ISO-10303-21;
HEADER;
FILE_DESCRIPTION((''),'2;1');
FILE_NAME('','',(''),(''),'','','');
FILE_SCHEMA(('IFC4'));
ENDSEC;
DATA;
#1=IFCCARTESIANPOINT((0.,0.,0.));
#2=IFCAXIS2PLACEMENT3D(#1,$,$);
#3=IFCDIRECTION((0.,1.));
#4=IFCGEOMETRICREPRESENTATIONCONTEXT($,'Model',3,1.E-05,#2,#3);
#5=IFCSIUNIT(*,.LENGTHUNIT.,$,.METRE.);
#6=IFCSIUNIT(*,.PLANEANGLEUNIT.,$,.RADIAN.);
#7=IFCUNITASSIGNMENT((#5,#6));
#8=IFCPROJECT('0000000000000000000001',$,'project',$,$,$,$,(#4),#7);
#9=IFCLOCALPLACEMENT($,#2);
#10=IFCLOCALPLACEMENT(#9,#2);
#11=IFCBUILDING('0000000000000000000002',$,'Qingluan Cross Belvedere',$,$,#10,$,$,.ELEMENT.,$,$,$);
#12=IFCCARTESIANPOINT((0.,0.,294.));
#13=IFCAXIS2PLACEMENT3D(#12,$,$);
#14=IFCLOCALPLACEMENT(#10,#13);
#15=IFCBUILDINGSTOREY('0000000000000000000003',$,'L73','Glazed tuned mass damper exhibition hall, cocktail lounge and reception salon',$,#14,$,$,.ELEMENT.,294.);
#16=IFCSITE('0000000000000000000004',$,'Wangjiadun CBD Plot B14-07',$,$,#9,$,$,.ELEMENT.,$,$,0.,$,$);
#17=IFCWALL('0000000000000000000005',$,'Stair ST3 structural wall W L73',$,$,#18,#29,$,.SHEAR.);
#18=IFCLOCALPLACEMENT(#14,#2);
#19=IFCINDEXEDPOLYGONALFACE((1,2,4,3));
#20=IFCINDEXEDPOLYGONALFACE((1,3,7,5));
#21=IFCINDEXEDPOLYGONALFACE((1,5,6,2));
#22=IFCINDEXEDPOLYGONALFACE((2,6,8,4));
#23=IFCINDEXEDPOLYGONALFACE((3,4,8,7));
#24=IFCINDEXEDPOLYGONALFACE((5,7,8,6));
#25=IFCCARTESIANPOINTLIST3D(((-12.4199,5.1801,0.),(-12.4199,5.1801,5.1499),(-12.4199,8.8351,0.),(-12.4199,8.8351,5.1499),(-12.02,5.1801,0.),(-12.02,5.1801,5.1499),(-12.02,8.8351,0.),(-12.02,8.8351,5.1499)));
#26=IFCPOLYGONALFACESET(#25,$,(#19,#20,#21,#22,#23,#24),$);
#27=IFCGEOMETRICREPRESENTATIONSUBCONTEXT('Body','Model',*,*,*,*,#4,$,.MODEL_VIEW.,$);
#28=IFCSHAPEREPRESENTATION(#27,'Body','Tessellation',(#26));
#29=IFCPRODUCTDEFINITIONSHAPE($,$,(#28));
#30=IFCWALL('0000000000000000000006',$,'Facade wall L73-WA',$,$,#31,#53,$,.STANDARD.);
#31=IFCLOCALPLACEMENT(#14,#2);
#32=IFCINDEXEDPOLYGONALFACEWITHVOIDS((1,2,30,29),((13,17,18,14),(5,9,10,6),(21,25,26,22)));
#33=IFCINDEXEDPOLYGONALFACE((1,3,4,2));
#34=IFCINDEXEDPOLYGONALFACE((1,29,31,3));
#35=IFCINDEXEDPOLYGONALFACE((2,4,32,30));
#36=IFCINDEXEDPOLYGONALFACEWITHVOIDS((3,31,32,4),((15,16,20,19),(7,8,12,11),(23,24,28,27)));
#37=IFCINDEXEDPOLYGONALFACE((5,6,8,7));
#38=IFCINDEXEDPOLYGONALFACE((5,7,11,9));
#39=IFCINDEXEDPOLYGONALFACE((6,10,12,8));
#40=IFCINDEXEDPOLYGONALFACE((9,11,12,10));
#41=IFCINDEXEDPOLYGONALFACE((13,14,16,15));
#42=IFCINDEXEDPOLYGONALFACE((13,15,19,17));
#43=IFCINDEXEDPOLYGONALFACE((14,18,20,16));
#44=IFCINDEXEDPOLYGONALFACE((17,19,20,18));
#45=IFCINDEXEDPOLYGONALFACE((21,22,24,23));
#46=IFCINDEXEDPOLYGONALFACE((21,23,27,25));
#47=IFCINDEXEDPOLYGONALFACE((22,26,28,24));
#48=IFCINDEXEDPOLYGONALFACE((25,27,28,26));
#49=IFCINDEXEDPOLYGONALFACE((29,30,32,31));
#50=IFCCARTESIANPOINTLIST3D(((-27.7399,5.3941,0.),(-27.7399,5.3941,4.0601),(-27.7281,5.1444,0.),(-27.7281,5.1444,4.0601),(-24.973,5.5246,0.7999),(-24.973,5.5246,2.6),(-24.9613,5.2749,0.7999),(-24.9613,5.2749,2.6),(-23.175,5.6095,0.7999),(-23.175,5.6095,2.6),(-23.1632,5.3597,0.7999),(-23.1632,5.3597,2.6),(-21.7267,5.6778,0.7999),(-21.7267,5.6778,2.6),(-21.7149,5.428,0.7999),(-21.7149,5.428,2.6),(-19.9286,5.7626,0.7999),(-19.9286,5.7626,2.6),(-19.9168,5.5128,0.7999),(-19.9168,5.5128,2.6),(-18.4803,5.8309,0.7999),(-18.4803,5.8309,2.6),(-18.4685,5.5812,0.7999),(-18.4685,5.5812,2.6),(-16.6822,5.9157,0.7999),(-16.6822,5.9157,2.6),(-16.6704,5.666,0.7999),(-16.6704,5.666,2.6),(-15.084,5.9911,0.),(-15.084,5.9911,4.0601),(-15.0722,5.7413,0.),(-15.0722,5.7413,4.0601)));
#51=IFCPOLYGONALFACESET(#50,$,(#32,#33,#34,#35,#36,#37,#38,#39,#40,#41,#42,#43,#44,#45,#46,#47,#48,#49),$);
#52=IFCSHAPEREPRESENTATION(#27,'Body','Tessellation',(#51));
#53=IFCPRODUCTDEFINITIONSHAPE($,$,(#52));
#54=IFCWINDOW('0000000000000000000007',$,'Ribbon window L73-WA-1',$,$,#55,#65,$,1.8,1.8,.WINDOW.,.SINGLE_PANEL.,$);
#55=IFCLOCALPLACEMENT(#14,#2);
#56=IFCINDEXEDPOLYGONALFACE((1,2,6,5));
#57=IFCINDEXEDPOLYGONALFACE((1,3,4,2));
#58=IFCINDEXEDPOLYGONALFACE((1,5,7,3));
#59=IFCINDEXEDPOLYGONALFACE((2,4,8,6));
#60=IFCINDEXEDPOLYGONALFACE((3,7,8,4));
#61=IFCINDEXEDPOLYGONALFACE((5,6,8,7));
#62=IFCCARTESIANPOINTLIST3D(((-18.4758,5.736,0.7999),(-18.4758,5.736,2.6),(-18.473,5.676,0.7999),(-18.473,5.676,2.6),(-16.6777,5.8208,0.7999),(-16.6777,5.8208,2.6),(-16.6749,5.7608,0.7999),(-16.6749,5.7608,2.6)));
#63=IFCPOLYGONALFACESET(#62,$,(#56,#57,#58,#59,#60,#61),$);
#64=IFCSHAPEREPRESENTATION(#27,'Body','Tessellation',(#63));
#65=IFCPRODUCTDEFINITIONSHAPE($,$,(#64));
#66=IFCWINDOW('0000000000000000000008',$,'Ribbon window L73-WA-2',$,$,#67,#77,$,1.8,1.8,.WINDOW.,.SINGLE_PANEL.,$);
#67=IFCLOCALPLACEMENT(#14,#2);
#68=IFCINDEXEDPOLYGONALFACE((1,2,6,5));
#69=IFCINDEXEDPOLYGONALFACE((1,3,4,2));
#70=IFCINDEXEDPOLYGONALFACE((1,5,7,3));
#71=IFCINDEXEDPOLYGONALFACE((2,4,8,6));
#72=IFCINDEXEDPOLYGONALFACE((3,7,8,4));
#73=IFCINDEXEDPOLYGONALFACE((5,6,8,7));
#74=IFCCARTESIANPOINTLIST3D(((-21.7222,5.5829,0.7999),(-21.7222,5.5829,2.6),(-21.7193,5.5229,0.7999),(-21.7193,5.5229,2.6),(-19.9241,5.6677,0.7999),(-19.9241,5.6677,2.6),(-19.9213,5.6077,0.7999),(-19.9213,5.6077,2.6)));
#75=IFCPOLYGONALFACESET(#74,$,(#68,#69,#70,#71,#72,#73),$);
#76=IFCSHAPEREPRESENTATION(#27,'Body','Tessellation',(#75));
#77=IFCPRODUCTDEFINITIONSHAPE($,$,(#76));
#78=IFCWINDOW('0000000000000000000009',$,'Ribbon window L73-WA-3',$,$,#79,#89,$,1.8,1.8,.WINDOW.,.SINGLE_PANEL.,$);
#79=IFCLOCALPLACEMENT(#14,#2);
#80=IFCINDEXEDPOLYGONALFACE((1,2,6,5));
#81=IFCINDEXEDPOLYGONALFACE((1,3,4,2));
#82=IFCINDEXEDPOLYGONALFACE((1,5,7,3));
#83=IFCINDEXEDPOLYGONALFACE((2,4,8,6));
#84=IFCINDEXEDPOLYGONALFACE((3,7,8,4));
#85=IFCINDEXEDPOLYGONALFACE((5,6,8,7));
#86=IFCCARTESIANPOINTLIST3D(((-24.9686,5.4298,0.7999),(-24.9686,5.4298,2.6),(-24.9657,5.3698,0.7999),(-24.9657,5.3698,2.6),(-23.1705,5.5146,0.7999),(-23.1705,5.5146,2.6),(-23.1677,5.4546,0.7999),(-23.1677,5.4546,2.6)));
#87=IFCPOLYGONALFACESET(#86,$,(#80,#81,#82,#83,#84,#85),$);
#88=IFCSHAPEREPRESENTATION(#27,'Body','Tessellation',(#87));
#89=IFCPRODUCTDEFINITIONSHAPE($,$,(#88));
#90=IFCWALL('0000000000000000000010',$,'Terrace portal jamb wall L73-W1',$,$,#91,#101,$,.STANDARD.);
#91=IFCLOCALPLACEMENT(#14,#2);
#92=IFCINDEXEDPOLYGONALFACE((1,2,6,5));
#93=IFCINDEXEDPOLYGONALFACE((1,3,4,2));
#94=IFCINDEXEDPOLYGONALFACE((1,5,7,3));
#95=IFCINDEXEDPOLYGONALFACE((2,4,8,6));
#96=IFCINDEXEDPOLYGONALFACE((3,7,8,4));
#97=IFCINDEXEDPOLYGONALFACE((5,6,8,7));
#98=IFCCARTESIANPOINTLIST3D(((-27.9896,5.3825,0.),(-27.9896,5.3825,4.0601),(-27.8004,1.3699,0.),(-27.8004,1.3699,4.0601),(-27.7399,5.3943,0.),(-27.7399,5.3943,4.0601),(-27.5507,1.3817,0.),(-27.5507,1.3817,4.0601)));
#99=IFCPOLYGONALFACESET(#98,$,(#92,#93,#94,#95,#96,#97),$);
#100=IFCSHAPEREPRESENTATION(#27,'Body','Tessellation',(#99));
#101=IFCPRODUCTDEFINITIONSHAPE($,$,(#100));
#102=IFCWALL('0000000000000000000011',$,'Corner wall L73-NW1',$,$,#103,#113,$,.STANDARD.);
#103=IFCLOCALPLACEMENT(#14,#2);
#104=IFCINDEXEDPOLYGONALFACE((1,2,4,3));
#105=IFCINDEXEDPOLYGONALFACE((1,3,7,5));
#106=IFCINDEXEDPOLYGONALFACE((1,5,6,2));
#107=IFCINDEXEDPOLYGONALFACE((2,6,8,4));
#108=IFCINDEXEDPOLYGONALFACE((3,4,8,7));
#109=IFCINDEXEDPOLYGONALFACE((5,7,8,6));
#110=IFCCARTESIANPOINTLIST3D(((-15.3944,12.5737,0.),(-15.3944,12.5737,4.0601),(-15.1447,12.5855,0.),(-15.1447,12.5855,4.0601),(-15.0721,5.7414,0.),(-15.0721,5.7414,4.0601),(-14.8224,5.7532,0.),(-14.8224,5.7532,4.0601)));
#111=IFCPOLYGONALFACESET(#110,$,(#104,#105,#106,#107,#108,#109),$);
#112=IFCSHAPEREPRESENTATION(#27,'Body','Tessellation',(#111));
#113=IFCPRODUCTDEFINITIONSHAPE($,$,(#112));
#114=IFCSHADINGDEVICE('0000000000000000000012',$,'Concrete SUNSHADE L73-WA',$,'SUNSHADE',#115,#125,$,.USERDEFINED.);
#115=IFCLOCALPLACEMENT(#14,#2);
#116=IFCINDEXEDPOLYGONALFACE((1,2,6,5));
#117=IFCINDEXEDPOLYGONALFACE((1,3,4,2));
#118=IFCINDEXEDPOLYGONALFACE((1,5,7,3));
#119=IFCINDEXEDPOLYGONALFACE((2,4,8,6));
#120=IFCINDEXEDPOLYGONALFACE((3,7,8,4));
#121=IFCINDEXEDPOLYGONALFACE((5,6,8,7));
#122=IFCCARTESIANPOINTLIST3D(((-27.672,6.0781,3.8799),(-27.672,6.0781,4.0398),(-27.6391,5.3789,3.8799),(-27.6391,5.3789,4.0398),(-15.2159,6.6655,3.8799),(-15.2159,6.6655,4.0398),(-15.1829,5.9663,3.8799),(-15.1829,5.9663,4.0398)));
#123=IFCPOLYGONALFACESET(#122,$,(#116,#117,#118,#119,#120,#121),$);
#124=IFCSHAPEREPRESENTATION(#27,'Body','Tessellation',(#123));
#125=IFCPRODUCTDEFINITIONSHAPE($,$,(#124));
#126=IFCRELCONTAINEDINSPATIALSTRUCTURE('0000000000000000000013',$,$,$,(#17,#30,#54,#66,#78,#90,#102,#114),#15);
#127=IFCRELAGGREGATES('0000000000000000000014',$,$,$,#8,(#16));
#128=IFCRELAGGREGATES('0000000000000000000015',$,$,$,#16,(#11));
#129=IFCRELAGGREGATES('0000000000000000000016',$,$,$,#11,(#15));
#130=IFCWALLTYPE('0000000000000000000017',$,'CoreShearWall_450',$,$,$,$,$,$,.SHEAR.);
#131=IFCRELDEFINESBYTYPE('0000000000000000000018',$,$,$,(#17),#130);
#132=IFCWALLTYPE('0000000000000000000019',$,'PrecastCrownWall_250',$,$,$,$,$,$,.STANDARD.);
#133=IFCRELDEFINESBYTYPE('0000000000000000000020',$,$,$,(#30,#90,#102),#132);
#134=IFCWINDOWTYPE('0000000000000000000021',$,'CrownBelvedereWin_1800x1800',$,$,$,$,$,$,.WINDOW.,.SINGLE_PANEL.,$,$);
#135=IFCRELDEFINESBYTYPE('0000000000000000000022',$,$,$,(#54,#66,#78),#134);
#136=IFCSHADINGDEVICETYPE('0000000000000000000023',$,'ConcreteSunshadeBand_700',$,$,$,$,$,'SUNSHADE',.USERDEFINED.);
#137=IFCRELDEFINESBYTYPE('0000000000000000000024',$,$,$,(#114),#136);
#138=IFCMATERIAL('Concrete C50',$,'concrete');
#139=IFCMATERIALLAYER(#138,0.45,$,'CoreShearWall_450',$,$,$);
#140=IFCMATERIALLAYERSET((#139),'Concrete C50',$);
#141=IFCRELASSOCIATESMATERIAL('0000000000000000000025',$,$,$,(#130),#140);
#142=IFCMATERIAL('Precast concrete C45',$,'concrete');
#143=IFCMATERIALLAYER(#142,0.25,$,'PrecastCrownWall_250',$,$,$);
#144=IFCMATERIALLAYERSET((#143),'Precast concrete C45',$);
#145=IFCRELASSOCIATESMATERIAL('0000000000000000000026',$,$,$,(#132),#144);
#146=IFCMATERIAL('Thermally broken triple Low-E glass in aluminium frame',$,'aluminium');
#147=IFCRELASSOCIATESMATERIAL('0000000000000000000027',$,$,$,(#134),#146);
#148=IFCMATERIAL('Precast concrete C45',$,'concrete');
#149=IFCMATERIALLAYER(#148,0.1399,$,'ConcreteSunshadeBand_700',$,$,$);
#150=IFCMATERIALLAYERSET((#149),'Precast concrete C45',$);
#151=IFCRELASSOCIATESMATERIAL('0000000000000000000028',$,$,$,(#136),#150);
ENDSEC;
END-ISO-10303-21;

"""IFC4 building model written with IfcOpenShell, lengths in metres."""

from ifc_helpers import new_model, si_unit, direction, frame, frame_2d, origin, origin_2d, place, context, subcontext, project, spatial, rectangle, extrude, material, layer, layer_set, type_object, element, fill, save


model = new_model("IFC4")

# Units and contexts
model_context = context("Model", 3, precision=1e-05, world=origin(), true_north=direction((0.0, 1.0)))
body_context = subcontext(model_context, "Body", "Model", "MODEL_VIEW")
ifc_project = project(units=[si_unit("LENGTHUNIT", "METRE"), si_unit("PLANEANGLEUNIT", "RADIAN")], contexts=[model_context])

# Site, building, storey
site_placement = place(None, origin())
site = spatial("IfcSite", under=ifc_project, at=site_placement, Name="Wangjiadun CBD Plot B14-07", CompositionType="ELEMENT", RefElevation=0.0)
building_placement = place(site_placement, origin())
building = spatial("IfcBuilding", under=site, at=building_placement, Name="Qingluan Cross Belvedere", CompositionType="ELEMENT")
storey_placement = place(building_placement, frame((0.0, 0.0, 294.0)))
storey = spatial("IfcBuildingStorey", under=building, at=storey_placement, Name="L73", Description="Glazed tuned mass damper exhibition hall, cocktail lounge and reception salon", CompositionType="ELEMENT", Elevation=294.0)

# Wall
ifc_material_1 = material(Name="Concrete C50", Category="concrete")
ifc_layer_1 = layer(ifc_material_1, 0.45, Name="CoreShearWall_450")
ifc_layer_set_1 = layer_set([ifc_layer_1], Name="Concrete C50")
wall_type_1 = type_object("IfcWallType", Name="CoreShearWall_450", PredefinedType="SHEAR", material=ifc_layer_set_1)
wall_1_placement = place(storey_placement, frame((-12.22, 5.1799, 0.0), z_axis=(0.0, 0.0, 1.0), x_axis=(0.0, 1.0, 0.0)))
element("IfcWall", 1, at=wall_1_placement, inside=storey, type_object=wall_type_1, Name="Stair ST3 structural wall W L73", PredefinedType="SHEAR", context=body_context, shape_type="SweptSolid", body=[
    extrude(rectangle(XDim=3.655, YDim=0.3999, at=frame_2d((1.8276, 0.0))), origin(), (0.0, 0.0, 1.0), 5.1499),
])

# Wall, openings, windows
ifc_material_2 = material(Name="Precast concrete C45", Category="concrete")
ifc_layer_2 = layer(ifc_material_2, 0.25, Name="PrecastCrownWall_250")
ifc_layer_set_2 = layer_set([ifc_layer_2], Name="Precast concrete C45")
wall_type_2 = type_object("IfcWallType", Name="PrecastCrownWall_250", PredefinedType="STANDARD", material=ifc_layer_set_2)
wall_2_placement = place(storey_placement, frame((-15.0781, 5.8662, 0.0), z_axis=(0.0, 0.0, 1.0), x_axis=(-0.99889, -0.047114, 0.0)))
wall_2 = element("IfcWall", 2, at=wall_2_placement, inside=storey, type_object=wall_type_2, Name="Facade wall L73-WA", PredefinedType="STANDARD", context=body_context, shape_type="SweptSolid", body=[
    extrude(rectangle(XDim=12.6699, YDim=0.25, at=frame_2d((6.335, 0.0))), origin(), (0.0, 0.0, 1.0), 4.0601),
])
opening_1_placement = place(wall_2_placement, frame((1.6001, 0.0, 0.8)))
opening_1 = element("IfcOpeningElement", 3, at=opening_1_placement, cuts=wall_2, PredefinedType="OPENING", context=body_context, shape_type="SweptSolid", body=[
    extrude(rectangle(XDim=1.8, YDim=1.8, at=frame_2d((0.8999, 0.8999))), frame((0.0, 0.135, 0.0), z_axis=(0.0, -1.0, 0.0), x_axis=(1.0, 0.0, 0.0)), (0.0, 0.0, 1.0), 0.27),
])
opening_2_placement = place(wall_2_placement, frame((4.8501, 0.0, 0.8)))
opening_2 = element("IfcOpeningElement", 4, at=opening_2_placement, cuts=wall_2, PredefinedType="OPENING", context=body_context, shape_type="SweptSolid", body=[
    extrude(rectangle(XDim=1.8, YDim=1.8, at=frame_2d((0.8999, 0.8999))), frame((0.0, 0.135, 0.0), z_axis=(0.0, -1.0, 0.0), x_axis=(1.0, 0.0, 0.0)), (0.0, 0.0, 1.0), 0.27),
])
opening_3_placement = place(wall_2_placement, frame((8.1001, 0.0, 0.8)))
opening_3 = element("IfcOpeningElement", 5, at=opening_3_placement, cuts=wall_2, PredefinedType="OPENING", context=body_context, shape_type="SweptSolid", body=[
    extrude(rectangle(XDim=1.8, YDim=1.8, at=frame_2d((0.8999, 0.8999))), frame((0.0, 0.135, 0.0), z_axis=(0.0, -1.0, 0.0), x_axis=(1.0, 0.0, 0.0)), (0.0, 0.0, 1.0), 0.27),
])
ifc_material_3 = material(Name="Thermally broken triple Low-E glass in aluminium frame", Category="aluminium")
window_type = type_object("IfcWindowType", Name="CrownBelvedereWin_1800x1800", PartitioningType="SINGLE_PANEL", PredefinedType="WINDOW", material=ifc_material_3)
window_1_placement = place(opening_1_placement, origin())
window_1 = element("IfcWindow", 6, at=window_1_placement, inside=storey, type_object=window_type, Name="Ribbon window L73-WA-1", OverallHeight=1.8, OverallWidth=1.8, PartitioningType="SINGLE_PANEL", PredefinedType="WINDOW", context=body_context, shape_type="SweptSolid", body=[
    extrude(rectangle(XDim=1.8, YDim=1.8, at=frame_2d((0.8999, 0.8999))), frame((0.0, 0.03, 0.0), z_axis=(0.0, -1.0, 0.0), x_axis=(1.0, 0.0, 0.0)), (0.0, 0.0, 1.0), 0.0601),
])
fill(opening_1, window_1)
window_2_placement = place(opening_2_placement, origin())
window_2 = element("IfcWindow", 7, at=window_2_placement, inside=storey, type_object=window_type, Name="Ribbon window L73-WA-2", OverallHeight=1.8, OverallWidth=1.8, PartitioningType="SINGLE_PANEL", PredefinedType="WINDOW", context=body_context, shape_type="SweptSolid", body=[
    extrude(rectangle(XDim=1.8, YDim=1.8, at=frame_2d((0.8999, 0.8999))), frame((0.0, 0.03, 0.0), z_axis=(0.0, -1.0, 0.0), x_axis=(1.0, 0.0, 0.0)), (0.0, 0.0, 1.0), 0.0601),
])
fill(opening_2, window_2)
window_3_placement = place(opening_3_placement, origin())
window_3 = element("IfcWindow", 8, at=window_3_placement, inside=storey, type_object=window_type, Name="Ribbon window L73-WA-3", OverallHeight=1.8, OverallWidth=1.8, PartitioningType="SINGLE_PANEL", PredefinedType="WINDOW", context=body_context, shape_type="SweptSolid", body=[
    extrude(rectangle(XDim=1.8, YDim=1.8, at=frame_2d((0.8999, 0.8999))), frame((0.0, 0.03, 0.0), z_axis=(0.0, -1.0, 0.0), x_axis=(1.0, 0.0, 0.0)), (0.0, 0.0, 1.0), 0.0601),
])
fill(opening_3, window_3)

# Walls
wall_3_placement = place(storey_placement, frame((-27.8647, 5.3884, 0.0), z_axis=(0.0, 0.0, 1.0), x_axis=(0.0471, -0.99889, 0.0)))
element("IfcWall", 9, at=wall_3_placement, inside=storey, type_object=wall_type_2, Name="Terrace portal jamb wall L73-W1", PredefinedType="STANDARD", context=body_context, shape_type="SweptSolid", body=[
    extrude(rectangle(XDim=4.0171, YDim=0.25, at=frame_2d((2.0085, 0.0))), origin(), (0.0, 0.0, 1.0), 4.0601),
])
wall_4_placement = place(storey_placement, frame((-14.9473, 5.7473, 0.0), z_axis=(0.0, 0.0, 1.0), x_axis=(-0.047116, 0.998889, 0.0)))
element("IfcWall", 10, at=wall_4_placement, inside=storey, type_object=wall_type_2, Name="Corner wall L73-NW1", PredefinedType="STANDARD", context=body_context, shape_type="SweptSolid", body=[
    extrude(rectangle(XDim=6.8398, YDim=0.25, at=frame_2d((3.4199, 0.0))), origin(), (0.0, 0.0, 1.0), 4.0601),
])

# Shading device
ifc_material_4 = material(Name="Precast concrete C45", Category="concrete")
ifc_layer_3 = layer(ifc_material_4, 0.1399, Name="ConcreteSunshadeBand_700")
ifc_layer_set_3 = layer_set([ifc_layer_3], Name="Precast concrete C45")
shading_device_type = type_object("IfcShadingDeviceType", Name="ConcreteSunshadeBand_700", ElementType="SUNSHADE", PredefinedType="USERDEFINED", material=ifc_layer_set_3)
shading_device_placement = place(storey_placement, frame((-21.4275, 6.0222, 3.8799), z_axis=(0.0, 0.0, 1.0), x_axis=(-0.99889, -0.047104, 0.0)))
element("IfcShadingDevice", 11, at=shading_device_placement, inside=storey, type_object=shading_device_type, Name="Concrete SUNSHADE L73-WA", ObjectType="SUNSHADE", PredefinedType="USERDEFINED", context=body_context, shape_type="SweptSolid", body=[
    extrude(rectangle(XDim=12.47, YDim=0.7, at=origin_2d()), origin(), (0.0, 0.0, 1.0), 0.1599),
])

save(model, "model.ifc")
